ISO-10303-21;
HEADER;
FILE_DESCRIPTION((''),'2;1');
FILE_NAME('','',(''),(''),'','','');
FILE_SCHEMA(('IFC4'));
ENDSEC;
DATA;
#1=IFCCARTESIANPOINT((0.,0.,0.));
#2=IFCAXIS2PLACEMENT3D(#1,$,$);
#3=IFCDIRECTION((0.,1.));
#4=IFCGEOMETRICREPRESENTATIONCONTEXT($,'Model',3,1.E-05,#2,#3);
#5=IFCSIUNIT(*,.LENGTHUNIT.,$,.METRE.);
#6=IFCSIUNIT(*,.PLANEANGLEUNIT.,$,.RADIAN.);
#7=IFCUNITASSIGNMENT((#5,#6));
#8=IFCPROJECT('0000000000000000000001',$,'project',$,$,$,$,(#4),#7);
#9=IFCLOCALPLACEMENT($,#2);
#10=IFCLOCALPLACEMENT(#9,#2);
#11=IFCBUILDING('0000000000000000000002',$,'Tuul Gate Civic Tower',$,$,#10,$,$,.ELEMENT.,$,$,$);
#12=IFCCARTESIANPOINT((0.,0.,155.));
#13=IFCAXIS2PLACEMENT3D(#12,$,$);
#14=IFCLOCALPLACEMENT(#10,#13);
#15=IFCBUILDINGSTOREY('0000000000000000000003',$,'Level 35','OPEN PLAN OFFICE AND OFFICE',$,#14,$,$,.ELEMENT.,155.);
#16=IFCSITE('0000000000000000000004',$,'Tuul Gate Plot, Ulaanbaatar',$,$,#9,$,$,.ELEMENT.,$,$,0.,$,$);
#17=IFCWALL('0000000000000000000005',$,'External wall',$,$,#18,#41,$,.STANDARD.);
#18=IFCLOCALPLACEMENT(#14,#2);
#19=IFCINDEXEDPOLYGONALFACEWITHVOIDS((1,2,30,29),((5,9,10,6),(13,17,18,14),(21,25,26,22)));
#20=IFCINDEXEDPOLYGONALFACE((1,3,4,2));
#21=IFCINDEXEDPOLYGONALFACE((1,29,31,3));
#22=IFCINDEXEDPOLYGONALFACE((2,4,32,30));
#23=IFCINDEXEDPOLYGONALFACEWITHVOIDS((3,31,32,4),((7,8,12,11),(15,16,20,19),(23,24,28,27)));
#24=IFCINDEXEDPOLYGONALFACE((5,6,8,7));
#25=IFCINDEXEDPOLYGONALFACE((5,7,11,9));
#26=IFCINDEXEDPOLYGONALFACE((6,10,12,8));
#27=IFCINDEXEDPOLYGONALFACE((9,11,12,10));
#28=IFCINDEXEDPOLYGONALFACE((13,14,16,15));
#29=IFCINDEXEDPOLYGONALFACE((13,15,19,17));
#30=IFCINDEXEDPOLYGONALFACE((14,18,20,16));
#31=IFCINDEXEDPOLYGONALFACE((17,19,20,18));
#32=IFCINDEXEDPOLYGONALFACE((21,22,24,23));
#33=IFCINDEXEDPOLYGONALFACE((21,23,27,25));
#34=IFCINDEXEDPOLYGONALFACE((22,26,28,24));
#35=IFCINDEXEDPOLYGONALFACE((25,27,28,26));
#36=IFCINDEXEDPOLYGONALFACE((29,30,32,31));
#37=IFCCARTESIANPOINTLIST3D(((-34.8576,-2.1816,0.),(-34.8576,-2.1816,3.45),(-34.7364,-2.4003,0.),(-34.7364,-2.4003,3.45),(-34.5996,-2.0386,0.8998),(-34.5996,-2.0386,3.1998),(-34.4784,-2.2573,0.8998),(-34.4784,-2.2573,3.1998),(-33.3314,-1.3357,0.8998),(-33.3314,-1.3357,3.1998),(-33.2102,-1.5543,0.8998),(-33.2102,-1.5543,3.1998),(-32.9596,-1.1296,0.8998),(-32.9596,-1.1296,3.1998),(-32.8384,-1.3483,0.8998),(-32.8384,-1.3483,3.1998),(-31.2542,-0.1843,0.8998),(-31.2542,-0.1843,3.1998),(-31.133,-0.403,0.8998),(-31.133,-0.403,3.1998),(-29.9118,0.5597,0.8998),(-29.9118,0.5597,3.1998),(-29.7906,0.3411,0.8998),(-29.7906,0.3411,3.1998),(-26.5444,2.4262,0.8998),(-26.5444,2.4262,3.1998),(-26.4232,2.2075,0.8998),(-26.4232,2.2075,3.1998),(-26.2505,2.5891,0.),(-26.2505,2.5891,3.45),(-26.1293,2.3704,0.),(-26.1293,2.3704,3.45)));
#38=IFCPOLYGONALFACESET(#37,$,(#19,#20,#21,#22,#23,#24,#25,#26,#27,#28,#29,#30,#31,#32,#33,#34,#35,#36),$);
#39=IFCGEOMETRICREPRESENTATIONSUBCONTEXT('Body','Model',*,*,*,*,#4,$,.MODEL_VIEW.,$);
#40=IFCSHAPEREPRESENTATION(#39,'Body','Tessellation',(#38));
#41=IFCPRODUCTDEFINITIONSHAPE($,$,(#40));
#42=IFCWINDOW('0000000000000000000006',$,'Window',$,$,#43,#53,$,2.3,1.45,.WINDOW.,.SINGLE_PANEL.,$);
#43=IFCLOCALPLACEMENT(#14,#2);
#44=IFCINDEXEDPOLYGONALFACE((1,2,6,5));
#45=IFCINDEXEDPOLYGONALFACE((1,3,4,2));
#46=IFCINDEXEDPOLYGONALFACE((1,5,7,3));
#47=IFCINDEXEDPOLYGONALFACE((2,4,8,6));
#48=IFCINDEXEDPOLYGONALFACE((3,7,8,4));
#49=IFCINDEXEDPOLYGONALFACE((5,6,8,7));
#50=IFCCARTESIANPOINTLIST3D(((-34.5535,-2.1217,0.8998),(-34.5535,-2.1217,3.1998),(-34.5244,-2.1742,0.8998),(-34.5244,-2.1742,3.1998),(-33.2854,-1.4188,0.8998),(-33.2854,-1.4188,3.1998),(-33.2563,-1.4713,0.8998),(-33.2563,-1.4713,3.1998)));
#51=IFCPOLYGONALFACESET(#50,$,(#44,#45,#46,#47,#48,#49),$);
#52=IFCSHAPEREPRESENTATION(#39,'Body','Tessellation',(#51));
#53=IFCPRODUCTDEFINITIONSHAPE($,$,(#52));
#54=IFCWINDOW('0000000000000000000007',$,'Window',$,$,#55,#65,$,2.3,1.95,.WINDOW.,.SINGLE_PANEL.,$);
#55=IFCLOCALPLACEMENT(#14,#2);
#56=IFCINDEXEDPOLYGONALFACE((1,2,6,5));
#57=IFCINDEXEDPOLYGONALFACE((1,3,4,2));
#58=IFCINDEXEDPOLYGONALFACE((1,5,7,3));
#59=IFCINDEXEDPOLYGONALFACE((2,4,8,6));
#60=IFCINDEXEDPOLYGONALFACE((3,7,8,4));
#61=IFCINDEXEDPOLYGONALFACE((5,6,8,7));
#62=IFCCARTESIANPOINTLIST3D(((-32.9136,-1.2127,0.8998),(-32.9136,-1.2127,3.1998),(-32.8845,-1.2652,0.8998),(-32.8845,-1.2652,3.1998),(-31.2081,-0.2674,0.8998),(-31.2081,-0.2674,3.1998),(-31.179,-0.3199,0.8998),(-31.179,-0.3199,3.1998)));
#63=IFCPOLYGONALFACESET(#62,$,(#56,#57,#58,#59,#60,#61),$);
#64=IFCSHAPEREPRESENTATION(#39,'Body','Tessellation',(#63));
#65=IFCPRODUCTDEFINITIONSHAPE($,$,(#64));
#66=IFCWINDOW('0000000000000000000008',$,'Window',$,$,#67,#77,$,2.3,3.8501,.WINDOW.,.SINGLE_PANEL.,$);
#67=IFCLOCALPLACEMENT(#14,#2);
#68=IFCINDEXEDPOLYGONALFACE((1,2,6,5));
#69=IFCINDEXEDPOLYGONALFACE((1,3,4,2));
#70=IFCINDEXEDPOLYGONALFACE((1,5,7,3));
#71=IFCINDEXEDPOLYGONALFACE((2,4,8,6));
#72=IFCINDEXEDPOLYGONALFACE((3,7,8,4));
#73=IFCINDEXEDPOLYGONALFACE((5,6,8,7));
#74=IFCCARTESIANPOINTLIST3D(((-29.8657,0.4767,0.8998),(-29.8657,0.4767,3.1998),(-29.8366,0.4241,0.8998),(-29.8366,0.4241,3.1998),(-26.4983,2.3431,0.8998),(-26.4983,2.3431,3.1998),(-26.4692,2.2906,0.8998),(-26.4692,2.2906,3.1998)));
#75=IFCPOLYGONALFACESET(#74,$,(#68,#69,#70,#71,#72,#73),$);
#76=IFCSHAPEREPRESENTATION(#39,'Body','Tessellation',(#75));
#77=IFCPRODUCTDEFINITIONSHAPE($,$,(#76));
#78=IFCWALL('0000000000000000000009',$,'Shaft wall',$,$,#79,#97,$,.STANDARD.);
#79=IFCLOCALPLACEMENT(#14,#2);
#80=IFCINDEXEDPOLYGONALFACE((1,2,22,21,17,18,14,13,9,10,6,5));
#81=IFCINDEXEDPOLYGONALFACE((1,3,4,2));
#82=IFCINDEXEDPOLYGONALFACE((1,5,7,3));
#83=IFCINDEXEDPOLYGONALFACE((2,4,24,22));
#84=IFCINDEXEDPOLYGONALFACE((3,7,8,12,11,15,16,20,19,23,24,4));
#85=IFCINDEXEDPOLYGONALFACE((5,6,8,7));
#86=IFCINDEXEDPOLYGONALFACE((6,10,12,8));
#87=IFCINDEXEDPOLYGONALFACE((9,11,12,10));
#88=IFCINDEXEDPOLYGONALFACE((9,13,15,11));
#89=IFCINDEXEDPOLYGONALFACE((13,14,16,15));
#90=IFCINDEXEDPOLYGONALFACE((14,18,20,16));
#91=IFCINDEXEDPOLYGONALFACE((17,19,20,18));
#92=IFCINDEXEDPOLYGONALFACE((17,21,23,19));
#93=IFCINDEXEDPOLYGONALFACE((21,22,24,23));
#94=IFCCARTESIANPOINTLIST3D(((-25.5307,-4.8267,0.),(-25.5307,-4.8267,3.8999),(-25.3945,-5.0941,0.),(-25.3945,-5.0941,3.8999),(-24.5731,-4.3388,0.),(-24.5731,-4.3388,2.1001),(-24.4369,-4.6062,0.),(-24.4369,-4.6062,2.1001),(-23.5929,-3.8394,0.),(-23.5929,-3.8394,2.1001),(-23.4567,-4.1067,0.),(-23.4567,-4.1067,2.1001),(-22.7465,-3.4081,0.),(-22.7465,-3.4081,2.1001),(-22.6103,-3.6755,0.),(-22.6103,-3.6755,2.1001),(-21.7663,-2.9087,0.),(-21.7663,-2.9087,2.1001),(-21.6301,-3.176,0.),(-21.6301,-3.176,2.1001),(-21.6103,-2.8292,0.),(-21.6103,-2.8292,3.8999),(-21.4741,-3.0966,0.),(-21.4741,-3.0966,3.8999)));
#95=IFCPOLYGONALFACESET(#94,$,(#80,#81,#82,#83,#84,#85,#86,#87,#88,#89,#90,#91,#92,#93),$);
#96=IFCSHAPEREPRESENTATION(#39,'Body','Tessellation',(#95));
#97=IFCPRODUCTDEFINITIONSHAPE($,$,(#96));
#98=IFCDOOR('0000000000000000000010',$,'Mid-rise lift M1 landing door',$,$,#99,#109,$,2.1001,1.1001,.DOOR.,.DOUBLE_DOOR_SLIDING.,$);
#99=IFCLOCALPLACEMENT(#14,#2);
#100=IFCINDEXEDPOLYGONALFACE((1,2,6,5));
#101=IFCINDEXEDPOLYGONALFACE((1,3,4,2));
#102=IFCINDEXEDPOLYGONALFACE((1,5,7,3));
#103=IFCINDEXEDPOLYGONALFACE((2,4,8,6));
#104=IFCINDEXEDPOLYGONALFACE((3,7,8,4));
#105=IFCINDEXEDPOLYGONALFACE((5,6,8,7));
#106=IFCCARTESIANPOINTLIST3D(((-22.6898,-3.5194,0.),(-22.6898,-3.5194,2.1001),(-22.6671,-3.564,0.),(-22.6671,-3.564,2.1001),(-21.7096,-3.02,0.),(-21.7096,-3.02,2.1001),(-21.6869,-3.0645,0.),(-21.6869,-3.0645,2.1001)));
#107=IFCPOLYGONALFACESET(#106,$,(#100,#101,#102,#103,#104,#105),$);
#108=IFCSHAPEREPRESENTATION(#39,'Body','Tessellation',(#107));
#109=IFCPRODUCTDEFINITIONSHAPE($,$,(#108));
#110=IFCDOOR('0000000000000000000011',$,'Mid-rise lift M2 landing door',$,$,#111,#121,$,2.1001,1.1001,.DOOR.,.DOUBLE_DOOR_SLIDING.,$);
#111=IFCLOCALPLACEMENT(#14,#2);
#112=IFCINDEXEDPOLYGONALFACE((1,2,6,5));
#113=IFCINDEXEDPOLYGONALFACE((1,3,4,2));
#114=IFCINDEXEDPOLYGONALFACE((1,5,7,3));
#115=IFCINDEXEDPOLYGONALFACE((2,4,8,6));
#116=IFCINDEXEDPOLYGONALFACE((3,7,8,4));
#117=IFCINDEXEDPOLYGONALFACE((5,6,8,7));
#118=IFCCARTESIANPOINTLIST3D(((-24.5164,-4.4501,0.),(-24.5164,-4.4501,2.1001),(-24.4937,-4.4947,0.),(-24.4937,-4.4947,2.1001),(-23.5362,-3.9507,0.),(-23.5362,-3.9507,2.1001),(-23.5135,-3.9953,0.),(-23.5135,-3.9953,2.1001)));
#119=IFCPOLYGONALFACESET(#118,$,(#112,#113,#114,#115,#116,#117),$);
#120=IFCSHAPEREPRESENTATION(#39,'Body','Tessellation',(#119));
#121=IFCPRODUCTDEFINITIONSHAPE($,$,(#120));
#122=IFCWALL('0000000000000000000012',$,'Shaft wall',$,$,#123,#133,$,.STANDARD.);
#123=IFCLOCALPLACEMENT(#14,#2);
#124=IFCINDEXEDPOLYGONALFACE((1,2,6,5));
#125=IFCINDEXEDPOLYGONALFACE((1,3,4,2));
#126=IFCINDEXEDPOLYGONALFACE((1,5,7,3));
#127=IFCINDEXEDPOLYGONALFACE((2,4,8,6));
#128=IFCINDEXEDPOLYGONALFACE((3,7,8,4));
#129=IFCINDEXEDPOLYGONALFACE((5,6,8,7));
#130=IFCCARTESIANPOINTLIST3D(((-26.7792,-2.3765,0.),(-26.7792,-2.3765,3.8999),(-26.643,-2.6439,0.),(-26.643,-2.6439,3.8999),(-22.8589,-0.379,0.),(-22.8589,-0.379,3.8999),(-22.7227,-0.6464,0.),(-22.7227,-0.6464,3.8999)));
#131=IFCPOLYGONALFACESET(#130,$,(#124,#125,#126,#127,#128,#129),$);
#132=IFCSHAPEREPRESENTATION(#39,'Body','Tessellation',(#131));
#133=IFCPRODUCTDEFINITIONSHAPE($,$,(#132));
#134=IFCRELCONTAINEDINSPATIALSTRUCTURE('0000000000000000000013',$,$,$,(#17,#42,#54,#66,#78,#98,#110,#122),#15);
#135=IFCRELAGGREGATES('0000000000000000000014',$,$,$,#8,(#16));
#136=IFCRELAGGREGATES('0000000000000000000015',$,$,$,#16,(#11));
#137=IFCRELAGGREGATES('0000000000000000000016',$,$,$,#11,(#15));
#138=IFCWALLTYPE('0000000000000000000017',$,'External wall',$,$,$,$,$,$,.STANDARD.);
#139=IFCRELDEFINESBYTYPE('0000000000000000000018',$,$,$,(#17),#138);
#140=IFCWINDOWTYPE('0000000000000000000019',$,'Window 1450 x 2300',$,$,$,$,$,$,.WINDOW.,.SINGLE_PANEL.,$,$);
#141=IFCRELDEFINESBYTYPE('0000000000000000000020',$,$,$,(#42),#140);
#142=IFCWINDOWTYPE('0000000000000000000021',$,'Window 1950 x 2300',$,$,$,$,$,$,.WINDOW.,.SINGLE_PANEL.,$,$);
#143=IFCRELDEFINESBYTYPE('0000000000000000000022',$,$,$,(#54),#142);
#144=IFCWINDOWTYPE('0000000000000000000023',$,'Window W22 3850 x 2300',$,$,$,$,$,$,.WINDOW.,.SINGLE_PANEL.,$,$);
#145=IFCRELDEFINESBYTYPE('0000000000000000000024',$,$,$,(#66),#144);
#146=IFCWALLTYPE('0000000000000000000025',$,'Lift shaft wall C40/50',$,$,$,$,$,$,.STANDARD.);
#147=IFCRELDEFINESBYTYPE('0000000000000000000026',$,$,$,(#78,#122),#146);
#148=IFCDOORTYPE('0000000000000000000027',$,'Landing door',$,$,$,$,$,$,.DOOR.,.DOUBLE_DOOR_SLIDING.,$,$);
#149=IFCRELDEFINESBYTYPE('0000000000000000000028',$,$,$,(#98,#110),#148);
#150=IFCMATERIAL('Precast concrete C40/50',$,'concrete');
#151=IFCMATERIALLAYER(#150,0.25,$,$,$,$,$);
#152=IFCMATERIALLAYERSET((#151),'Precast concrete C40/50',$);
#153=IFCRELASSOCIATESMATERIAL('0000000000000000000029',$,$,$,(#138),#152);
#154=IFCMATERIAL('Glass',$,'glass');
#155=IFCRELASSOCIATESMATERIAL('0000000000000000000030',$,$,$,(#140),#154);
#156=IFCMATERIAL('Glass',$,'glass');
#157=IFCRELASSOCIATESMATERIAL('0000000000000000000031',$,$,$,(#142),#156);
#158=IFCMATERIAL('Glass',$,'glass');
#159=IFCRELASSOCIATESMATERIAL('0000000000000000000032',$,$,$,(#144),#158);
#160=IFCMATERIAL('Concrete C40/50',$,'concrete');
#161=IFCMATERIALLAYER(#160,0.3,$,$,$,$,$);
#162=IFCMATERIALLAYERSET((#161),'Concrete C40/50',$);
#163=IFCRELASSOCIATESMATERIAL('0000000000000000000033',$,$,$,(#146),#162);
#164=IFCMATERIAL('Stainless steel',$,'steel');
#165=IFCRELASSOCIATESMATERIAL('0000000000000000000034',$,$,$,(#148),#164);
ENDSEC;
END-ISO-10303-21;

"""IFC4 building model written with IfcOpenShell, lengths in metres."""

from ifc_helpers import new_model, si_unit, direction, frame, frame_2d, origin, place, context, subcontext, project, spatial, rectangle, extrude, material, layer, layer_set, type_object, element, fill, save


model = new_model("IFC4")

# Units and contexts
model_context = context("Model", 3, precision=1e-05, world=origin(), true_north=direction((0.0, 1.0)))
body_context = subcontext(model_context, "Body", "Model", "MODEL_VIEW")
ifc_project = project(units=[si_unit("LENGTHUNIT", "METRE"), si_unit("PLANEANGLEUNIT", "RADIAN")], contexts=[model_context])

# Site, building, storey
site_placement = place(None, origin())
site = spatial("IfcSite", under=ifc_project, at=site_placement, Name="Tuul Gate Plot, Ulaanbaatar", CompositionType="ELEMENT", RefElevation=0.0)
building_placement = place(site_placement, origin())
building = spatial("IfcBuilding", under=site, at=building_placement, Name="Tuul Gate Civic Tower", CompositionType="ELEMENT")
storey_placement = place(building_placement, frame((0.0, 0.0, 155.0)))
storey = spatial("IfcBuildingStorey", under=building, at=storey_placement, Name="Level 35", Description="OPEN PLAN OFFICE AND OFFICE", CompositionType="ELEMENT", Elevation=155.0)

# Wall, openings, windows
ifc_material_1 = material(Name="Precast concrete C40/50", Category="concrete")
ifc_layer_1 = layer(ifc_material_1, 0.25)
ifc_layer_set_1 = layer_set([ifc_layer_1], Name="Precast concrete C40/50")
wall_type_1 = type_object("IfcWallType", Name="External wall", PredefinedType="STANDARD", material=ifc_layer_set_1)
wall_1_placement = place(storey_placement, frame((-26.1899, 2.4797, 0.0), z_axis=(0.0, 0.0, 1.0), x_axis=(-0.874632, -0.484787, 0.0)))
wall_1 = element("IfcWall", 1, at=wall_1_placement, inside=storey, type_object=wall_type_1, Name="External wall", PredefinedType="STANDARD", context=body_context, shape_type="SweptSolid", body=[
    extrude(rectangle(XDim=9.8408, YDim=0.25, at=frame_2d((4.9204, 0.0))), origin(), (0.0, 0.0, 1.0), 3.45),
])
opening_1_placement = place(wall_1_placement, frame((0.3359, 0.0, 0.8999)))
opening_1 = element("IfcOpeningElement", 2, at=opening_1_placement, cuts=wall_1, PredefinedType="OPENING", context=body_context, shape_type="SweptSolid", body=[
    extrude(rectangle(XDim=3.8501, YDim=2.3, at=frame_2d((1.925, 1.1499))), frame((0.0, 0.135, 0.0), z_axis=(0.0, -1.0, 0.0), x_axis=(1.0, 0.0, 0.0)), (0.0, 0.0, 1.0), 0.27),
])
opening_2_placement = place(wall_1_placement, frame((5.7207, 0.0, 0.8999)))
opening_2 = element("IfcOpeningElement", 3, at=opening_2_placement, cuts=wall_1, PredefinedType="OPENING", context=body_context, shape_type="SweptSolid", body=[
    extrude(rectangle(XDim=1.95, YDim=2.3, at=frame_2d((0.9751, 1.1499))), frame((0.0, 0.135, 0.0), z_axis=(0.0, -1.0, 0.0), x_axis=(1.0, 0.0, 0.0)), (0.0, 0.0, 1.0), 0.27),
])
opening_3_placement = place(wall_1_placement, frame((8.0957, 0.0, 0.8999)))
opening_3 = element("IfcOpeningElement", 4, at=opening_3_placement, cuts=wall_1, PredefinedType="OPENING", context=body_context, shape_type="SweptSolid", body=[
    extrude(rectangle(XDim=1.45, YDim=2.3, at=frame_2d((0.7251, 1.1499))), frame((0.0, 0.135, 0.0), z_axis=(0.0, -1.0, 0.0), x_axis=(1.0, 0.0, 0.0)), (0.0, 0.0, 1.0), 0.27),
])
ifc_material_2 = material(Name="Glass", Category="glass")
window_type_1 = type_object("IfcWindowType", Name="Window 1450 x 2300", PartitioningType="SINGLE_PANEL", PredefinedType="WINDOW", material=ifc_material_2)
window_1_placement = place(opening_3_placement, origin())
window_1 = element("IfcWindow", 5, at=window_1_placement, inside=storey, type_object=window_type_1, Name="Window", OverallHeight=2.3, OverallWidth=1.45, PartitioningType="SINGLE_PANEL", PredefinedType="WINDOW", context=body_context, shape_type="SweptSolid", body=[
    extrude(rectangle(XDim=1.45, YDim=2.3, at=frame_2d((0.7251, 1.1499))), frame((0.0, 0.03, 0.0), z_axis=(0.0, -1.0, 0.0), x_axis=(1.0, 0.0, 0.0)), (0.0, 0.0, 1.0), 0.0601),
])
fill(opening_3, window_1)
ifc_material_3 = material(Name="Glass", Category="glass")
window_type_2 = type_object("IfcWindowType", Name="Window 1950 x 2300", PartitioningType="SINGLE_PANEL", PredefinedType="WINDOW", material=ifc_material_3)
window_2_placement = place(opening_2_placement, origin())
window_2 = element("IfcWindow", 6, at=window_2_placement, inside=storey, type_object=window_type_2, Name="Window", OverallHeight=2.3, OverallWidth=1.95, PartitioningType="SINGLE_PANEL", PredefinedType="WINDOW", context=body_context, shape_type="SweptSolid", body=[
    extrude(rectangle(XDim=1.95, YDim=2.3, at=frame_2d((0.9751, 1.1499))), frame((0.0, 0.03, 0.0), z_axis=(0.0, -1.0, 0.0), x_axis=(1.0, 0.0, 0.0)), (0.0, 0.0, 1.0), 0.0601),
])
fill(opening_2, window_2)
ifc_material_4 = material(Name="Glass", Category="glass")
window_type_3 = type_object("IfcWindowType", Name="Window W22 3850 x 2300", PartitioningType="SINGLE_PANEL", PredefinedType="WINDOW", material=ifc_material_4)
window_3_placement = place(opening_1_placement, origin())
window_3 = element("IfcWindow", 7, at=window_3_placement, inside=storey, type_object=window_type_3, Name="Window", OverallHeight=2.3, OverallWidth=3.8501, PartitioningType="SINGLE_PANEL", PredefinedType="WINDOW", context=body_context, shape_type="SweptSolid", body=[
    extrude(rectangle(XDim=3.8501, YDim=2.3, at=frame_2d((1.925, 1.1499))), frame((0.0, 0.03, 0.0), z_axis=(0.0, -1.0, 0.0), x_axis=(1.0, 0.0, 0.0)), (0.0, 0.0, 1.0), 0.0601),
])
fill(opening_1, window_3)

# Wall, openings, doors
ifc_material_5 = material(Name="Concrete C40/50", Category="concrete")
ifc_layer_2 = layer(ifc_material_5, 0.3)
ifc_layer_set_2 = layer_set([ifc_layer_2], Name="Concrete C40/50")
wall_type_2 = type_object("IfcWallType", Name="Lift shaft wall C40/50", PredefinedType="STANDARD", material=ifc_layer_set_2)
wall_2_placement = place(storey_placement, frame((-21.5422, -2.9629, 0.0), z_axis=(0.0, 0.0, 1.0), x_axis=(-0.891006, -0.453992, 0.0)))
wall_2 = element("IfcWall", 8, at=wall_2_placement, inside=storey, type_object=wall_type_2, Name="Shaft wall", PredefinedType="STANDARD", context=body_context, shape_type="SweptSolid", body=[
    extrude(rectangle(XDim=4.3999, YDim=0.3, at=frame_2d((2.2, 0.0))), origin(), (0.0, 0.0, 1.0), 3.8999),
])
opening_4_placement = place(wall_2_placement, frame((0.175, 0.0, 0.0)))
opening_4 = element("IfcOpeningElement", 9, at=opening_4_placement, cuts=wall_2, PredefinedType="OPENING", context=body_context, shape_type="SweptSolid", body=[
    extrude(rectangle(XDim=1.1001, YDim=2.1001, at=frame_2d((0.55, 1.05))), frame((0.0, 0.1602, 0.0), z_axis=(0.0, -1.0, 0.0), x_axis=(1.0, 0.0, 0.0)), (0.0, 0.0, 1.0), 0.3201),
])
opening_5_placement = place(wall_2_placement, frame((2.2251, 0.0, 0.0)))
opening_5 = element("IfcOpeningElement", 10, at=opening_5_placement, cuts=wall_2, PredefinedType="OPENING", context=body_context, shape_type="SweptSolid", body=[
    extrude(rectangle(XDim=1.1001, YDim=2.1001, at=frame_2d((0.55, 1.05))), frame((0.0, 0.1602, 0.0), z_axis=(0.0, -1.0, 0.0), x_axis=(1.0, 0.0, 0.0)), (0.0, 0.0, 1.0), 0.3201),
])
ifc_material_6 = material(Name="Stainless steel", Category="steel")
door_type_1 = type_object("IfcDoorType", Name="Landing door", OperationType="DOUBLE_DOOR_SLIDING", PredefinedType="DOOR", material=ifc_material_6)
door_1_placement = place(opening_4_placement, origin())
door_1 = element("IfcDoor", 11, at=door_1_placement, inside=storey, type_object=door_type_1, Name="Mid-rise lift M1 landing door", OperationType="DOUBLE_DOOR_SLIDING", OverallHeight=2.1001, OverallWidth=1.1001, PredefinedType="DOOR", context=body_context, shape_type="SweptSolid", body=[
    extrude(rectangle(XDim=1.1001, YDim=2.1001, at=frame_2d((0.55, 1.05))), frame((0.0, 0.0249, 0.0), z_axis=(0.0, -1.0, 0.0), x_axis=(1.0, 0.0, 0.0)), (0.0, 0.0, 1.0), 0.05),
])
fill(opening_4, door_1)
door_2_placement = place(opening_5_placement, origin())
door_2 = element("IfcDoor", 12, at=door_2_placement, inside=storey, type_object=door_type_1, Name="Mid-rise lift M2 landing door", OperationType="DOUBLE_DOOR_SLIDING", OverallHeight=2.1001, OverallWidth=1.1001, PredefinedType="DOOR", context=body_context, shape_type="SweptSolid", body=[
    extrude(rectangle(XDim=1.1001, YDim=2.1001, at=frame_2d((0.55, 1.05))), frame((0.0, 0.0249, 0.0), z_axis=(0.0, -1.0, 0.0), x_axis=(1.0, 0.0, 0.0)), (0.0, 0.0, 1.0), 0.05),
])
fill(opening_5, door_2)

# Wall
wall_3_placement = place(storey_placement, frame((-22.7908, -0.5127, 0.0), z_axis=(0.0, 0.0, 1.0), x_axis=(-0.891006, -0.453992, 0.0)))
element("IfcWall", 13, at=wall_3_placement, inside=storey, type_object=wall_type_2, Name="Shaft wall", PredefinedType="STANDARD", context=body_context, shape_type="SweptSolid", body=[
    extrude(rectangle(XDim=4.3999, YDim=0.3, at=frame_2d((2.2, 0.0))), origin(), (0.0, 0.0, 1.0), 3.8999),
])

save(model, "model.ifc")
